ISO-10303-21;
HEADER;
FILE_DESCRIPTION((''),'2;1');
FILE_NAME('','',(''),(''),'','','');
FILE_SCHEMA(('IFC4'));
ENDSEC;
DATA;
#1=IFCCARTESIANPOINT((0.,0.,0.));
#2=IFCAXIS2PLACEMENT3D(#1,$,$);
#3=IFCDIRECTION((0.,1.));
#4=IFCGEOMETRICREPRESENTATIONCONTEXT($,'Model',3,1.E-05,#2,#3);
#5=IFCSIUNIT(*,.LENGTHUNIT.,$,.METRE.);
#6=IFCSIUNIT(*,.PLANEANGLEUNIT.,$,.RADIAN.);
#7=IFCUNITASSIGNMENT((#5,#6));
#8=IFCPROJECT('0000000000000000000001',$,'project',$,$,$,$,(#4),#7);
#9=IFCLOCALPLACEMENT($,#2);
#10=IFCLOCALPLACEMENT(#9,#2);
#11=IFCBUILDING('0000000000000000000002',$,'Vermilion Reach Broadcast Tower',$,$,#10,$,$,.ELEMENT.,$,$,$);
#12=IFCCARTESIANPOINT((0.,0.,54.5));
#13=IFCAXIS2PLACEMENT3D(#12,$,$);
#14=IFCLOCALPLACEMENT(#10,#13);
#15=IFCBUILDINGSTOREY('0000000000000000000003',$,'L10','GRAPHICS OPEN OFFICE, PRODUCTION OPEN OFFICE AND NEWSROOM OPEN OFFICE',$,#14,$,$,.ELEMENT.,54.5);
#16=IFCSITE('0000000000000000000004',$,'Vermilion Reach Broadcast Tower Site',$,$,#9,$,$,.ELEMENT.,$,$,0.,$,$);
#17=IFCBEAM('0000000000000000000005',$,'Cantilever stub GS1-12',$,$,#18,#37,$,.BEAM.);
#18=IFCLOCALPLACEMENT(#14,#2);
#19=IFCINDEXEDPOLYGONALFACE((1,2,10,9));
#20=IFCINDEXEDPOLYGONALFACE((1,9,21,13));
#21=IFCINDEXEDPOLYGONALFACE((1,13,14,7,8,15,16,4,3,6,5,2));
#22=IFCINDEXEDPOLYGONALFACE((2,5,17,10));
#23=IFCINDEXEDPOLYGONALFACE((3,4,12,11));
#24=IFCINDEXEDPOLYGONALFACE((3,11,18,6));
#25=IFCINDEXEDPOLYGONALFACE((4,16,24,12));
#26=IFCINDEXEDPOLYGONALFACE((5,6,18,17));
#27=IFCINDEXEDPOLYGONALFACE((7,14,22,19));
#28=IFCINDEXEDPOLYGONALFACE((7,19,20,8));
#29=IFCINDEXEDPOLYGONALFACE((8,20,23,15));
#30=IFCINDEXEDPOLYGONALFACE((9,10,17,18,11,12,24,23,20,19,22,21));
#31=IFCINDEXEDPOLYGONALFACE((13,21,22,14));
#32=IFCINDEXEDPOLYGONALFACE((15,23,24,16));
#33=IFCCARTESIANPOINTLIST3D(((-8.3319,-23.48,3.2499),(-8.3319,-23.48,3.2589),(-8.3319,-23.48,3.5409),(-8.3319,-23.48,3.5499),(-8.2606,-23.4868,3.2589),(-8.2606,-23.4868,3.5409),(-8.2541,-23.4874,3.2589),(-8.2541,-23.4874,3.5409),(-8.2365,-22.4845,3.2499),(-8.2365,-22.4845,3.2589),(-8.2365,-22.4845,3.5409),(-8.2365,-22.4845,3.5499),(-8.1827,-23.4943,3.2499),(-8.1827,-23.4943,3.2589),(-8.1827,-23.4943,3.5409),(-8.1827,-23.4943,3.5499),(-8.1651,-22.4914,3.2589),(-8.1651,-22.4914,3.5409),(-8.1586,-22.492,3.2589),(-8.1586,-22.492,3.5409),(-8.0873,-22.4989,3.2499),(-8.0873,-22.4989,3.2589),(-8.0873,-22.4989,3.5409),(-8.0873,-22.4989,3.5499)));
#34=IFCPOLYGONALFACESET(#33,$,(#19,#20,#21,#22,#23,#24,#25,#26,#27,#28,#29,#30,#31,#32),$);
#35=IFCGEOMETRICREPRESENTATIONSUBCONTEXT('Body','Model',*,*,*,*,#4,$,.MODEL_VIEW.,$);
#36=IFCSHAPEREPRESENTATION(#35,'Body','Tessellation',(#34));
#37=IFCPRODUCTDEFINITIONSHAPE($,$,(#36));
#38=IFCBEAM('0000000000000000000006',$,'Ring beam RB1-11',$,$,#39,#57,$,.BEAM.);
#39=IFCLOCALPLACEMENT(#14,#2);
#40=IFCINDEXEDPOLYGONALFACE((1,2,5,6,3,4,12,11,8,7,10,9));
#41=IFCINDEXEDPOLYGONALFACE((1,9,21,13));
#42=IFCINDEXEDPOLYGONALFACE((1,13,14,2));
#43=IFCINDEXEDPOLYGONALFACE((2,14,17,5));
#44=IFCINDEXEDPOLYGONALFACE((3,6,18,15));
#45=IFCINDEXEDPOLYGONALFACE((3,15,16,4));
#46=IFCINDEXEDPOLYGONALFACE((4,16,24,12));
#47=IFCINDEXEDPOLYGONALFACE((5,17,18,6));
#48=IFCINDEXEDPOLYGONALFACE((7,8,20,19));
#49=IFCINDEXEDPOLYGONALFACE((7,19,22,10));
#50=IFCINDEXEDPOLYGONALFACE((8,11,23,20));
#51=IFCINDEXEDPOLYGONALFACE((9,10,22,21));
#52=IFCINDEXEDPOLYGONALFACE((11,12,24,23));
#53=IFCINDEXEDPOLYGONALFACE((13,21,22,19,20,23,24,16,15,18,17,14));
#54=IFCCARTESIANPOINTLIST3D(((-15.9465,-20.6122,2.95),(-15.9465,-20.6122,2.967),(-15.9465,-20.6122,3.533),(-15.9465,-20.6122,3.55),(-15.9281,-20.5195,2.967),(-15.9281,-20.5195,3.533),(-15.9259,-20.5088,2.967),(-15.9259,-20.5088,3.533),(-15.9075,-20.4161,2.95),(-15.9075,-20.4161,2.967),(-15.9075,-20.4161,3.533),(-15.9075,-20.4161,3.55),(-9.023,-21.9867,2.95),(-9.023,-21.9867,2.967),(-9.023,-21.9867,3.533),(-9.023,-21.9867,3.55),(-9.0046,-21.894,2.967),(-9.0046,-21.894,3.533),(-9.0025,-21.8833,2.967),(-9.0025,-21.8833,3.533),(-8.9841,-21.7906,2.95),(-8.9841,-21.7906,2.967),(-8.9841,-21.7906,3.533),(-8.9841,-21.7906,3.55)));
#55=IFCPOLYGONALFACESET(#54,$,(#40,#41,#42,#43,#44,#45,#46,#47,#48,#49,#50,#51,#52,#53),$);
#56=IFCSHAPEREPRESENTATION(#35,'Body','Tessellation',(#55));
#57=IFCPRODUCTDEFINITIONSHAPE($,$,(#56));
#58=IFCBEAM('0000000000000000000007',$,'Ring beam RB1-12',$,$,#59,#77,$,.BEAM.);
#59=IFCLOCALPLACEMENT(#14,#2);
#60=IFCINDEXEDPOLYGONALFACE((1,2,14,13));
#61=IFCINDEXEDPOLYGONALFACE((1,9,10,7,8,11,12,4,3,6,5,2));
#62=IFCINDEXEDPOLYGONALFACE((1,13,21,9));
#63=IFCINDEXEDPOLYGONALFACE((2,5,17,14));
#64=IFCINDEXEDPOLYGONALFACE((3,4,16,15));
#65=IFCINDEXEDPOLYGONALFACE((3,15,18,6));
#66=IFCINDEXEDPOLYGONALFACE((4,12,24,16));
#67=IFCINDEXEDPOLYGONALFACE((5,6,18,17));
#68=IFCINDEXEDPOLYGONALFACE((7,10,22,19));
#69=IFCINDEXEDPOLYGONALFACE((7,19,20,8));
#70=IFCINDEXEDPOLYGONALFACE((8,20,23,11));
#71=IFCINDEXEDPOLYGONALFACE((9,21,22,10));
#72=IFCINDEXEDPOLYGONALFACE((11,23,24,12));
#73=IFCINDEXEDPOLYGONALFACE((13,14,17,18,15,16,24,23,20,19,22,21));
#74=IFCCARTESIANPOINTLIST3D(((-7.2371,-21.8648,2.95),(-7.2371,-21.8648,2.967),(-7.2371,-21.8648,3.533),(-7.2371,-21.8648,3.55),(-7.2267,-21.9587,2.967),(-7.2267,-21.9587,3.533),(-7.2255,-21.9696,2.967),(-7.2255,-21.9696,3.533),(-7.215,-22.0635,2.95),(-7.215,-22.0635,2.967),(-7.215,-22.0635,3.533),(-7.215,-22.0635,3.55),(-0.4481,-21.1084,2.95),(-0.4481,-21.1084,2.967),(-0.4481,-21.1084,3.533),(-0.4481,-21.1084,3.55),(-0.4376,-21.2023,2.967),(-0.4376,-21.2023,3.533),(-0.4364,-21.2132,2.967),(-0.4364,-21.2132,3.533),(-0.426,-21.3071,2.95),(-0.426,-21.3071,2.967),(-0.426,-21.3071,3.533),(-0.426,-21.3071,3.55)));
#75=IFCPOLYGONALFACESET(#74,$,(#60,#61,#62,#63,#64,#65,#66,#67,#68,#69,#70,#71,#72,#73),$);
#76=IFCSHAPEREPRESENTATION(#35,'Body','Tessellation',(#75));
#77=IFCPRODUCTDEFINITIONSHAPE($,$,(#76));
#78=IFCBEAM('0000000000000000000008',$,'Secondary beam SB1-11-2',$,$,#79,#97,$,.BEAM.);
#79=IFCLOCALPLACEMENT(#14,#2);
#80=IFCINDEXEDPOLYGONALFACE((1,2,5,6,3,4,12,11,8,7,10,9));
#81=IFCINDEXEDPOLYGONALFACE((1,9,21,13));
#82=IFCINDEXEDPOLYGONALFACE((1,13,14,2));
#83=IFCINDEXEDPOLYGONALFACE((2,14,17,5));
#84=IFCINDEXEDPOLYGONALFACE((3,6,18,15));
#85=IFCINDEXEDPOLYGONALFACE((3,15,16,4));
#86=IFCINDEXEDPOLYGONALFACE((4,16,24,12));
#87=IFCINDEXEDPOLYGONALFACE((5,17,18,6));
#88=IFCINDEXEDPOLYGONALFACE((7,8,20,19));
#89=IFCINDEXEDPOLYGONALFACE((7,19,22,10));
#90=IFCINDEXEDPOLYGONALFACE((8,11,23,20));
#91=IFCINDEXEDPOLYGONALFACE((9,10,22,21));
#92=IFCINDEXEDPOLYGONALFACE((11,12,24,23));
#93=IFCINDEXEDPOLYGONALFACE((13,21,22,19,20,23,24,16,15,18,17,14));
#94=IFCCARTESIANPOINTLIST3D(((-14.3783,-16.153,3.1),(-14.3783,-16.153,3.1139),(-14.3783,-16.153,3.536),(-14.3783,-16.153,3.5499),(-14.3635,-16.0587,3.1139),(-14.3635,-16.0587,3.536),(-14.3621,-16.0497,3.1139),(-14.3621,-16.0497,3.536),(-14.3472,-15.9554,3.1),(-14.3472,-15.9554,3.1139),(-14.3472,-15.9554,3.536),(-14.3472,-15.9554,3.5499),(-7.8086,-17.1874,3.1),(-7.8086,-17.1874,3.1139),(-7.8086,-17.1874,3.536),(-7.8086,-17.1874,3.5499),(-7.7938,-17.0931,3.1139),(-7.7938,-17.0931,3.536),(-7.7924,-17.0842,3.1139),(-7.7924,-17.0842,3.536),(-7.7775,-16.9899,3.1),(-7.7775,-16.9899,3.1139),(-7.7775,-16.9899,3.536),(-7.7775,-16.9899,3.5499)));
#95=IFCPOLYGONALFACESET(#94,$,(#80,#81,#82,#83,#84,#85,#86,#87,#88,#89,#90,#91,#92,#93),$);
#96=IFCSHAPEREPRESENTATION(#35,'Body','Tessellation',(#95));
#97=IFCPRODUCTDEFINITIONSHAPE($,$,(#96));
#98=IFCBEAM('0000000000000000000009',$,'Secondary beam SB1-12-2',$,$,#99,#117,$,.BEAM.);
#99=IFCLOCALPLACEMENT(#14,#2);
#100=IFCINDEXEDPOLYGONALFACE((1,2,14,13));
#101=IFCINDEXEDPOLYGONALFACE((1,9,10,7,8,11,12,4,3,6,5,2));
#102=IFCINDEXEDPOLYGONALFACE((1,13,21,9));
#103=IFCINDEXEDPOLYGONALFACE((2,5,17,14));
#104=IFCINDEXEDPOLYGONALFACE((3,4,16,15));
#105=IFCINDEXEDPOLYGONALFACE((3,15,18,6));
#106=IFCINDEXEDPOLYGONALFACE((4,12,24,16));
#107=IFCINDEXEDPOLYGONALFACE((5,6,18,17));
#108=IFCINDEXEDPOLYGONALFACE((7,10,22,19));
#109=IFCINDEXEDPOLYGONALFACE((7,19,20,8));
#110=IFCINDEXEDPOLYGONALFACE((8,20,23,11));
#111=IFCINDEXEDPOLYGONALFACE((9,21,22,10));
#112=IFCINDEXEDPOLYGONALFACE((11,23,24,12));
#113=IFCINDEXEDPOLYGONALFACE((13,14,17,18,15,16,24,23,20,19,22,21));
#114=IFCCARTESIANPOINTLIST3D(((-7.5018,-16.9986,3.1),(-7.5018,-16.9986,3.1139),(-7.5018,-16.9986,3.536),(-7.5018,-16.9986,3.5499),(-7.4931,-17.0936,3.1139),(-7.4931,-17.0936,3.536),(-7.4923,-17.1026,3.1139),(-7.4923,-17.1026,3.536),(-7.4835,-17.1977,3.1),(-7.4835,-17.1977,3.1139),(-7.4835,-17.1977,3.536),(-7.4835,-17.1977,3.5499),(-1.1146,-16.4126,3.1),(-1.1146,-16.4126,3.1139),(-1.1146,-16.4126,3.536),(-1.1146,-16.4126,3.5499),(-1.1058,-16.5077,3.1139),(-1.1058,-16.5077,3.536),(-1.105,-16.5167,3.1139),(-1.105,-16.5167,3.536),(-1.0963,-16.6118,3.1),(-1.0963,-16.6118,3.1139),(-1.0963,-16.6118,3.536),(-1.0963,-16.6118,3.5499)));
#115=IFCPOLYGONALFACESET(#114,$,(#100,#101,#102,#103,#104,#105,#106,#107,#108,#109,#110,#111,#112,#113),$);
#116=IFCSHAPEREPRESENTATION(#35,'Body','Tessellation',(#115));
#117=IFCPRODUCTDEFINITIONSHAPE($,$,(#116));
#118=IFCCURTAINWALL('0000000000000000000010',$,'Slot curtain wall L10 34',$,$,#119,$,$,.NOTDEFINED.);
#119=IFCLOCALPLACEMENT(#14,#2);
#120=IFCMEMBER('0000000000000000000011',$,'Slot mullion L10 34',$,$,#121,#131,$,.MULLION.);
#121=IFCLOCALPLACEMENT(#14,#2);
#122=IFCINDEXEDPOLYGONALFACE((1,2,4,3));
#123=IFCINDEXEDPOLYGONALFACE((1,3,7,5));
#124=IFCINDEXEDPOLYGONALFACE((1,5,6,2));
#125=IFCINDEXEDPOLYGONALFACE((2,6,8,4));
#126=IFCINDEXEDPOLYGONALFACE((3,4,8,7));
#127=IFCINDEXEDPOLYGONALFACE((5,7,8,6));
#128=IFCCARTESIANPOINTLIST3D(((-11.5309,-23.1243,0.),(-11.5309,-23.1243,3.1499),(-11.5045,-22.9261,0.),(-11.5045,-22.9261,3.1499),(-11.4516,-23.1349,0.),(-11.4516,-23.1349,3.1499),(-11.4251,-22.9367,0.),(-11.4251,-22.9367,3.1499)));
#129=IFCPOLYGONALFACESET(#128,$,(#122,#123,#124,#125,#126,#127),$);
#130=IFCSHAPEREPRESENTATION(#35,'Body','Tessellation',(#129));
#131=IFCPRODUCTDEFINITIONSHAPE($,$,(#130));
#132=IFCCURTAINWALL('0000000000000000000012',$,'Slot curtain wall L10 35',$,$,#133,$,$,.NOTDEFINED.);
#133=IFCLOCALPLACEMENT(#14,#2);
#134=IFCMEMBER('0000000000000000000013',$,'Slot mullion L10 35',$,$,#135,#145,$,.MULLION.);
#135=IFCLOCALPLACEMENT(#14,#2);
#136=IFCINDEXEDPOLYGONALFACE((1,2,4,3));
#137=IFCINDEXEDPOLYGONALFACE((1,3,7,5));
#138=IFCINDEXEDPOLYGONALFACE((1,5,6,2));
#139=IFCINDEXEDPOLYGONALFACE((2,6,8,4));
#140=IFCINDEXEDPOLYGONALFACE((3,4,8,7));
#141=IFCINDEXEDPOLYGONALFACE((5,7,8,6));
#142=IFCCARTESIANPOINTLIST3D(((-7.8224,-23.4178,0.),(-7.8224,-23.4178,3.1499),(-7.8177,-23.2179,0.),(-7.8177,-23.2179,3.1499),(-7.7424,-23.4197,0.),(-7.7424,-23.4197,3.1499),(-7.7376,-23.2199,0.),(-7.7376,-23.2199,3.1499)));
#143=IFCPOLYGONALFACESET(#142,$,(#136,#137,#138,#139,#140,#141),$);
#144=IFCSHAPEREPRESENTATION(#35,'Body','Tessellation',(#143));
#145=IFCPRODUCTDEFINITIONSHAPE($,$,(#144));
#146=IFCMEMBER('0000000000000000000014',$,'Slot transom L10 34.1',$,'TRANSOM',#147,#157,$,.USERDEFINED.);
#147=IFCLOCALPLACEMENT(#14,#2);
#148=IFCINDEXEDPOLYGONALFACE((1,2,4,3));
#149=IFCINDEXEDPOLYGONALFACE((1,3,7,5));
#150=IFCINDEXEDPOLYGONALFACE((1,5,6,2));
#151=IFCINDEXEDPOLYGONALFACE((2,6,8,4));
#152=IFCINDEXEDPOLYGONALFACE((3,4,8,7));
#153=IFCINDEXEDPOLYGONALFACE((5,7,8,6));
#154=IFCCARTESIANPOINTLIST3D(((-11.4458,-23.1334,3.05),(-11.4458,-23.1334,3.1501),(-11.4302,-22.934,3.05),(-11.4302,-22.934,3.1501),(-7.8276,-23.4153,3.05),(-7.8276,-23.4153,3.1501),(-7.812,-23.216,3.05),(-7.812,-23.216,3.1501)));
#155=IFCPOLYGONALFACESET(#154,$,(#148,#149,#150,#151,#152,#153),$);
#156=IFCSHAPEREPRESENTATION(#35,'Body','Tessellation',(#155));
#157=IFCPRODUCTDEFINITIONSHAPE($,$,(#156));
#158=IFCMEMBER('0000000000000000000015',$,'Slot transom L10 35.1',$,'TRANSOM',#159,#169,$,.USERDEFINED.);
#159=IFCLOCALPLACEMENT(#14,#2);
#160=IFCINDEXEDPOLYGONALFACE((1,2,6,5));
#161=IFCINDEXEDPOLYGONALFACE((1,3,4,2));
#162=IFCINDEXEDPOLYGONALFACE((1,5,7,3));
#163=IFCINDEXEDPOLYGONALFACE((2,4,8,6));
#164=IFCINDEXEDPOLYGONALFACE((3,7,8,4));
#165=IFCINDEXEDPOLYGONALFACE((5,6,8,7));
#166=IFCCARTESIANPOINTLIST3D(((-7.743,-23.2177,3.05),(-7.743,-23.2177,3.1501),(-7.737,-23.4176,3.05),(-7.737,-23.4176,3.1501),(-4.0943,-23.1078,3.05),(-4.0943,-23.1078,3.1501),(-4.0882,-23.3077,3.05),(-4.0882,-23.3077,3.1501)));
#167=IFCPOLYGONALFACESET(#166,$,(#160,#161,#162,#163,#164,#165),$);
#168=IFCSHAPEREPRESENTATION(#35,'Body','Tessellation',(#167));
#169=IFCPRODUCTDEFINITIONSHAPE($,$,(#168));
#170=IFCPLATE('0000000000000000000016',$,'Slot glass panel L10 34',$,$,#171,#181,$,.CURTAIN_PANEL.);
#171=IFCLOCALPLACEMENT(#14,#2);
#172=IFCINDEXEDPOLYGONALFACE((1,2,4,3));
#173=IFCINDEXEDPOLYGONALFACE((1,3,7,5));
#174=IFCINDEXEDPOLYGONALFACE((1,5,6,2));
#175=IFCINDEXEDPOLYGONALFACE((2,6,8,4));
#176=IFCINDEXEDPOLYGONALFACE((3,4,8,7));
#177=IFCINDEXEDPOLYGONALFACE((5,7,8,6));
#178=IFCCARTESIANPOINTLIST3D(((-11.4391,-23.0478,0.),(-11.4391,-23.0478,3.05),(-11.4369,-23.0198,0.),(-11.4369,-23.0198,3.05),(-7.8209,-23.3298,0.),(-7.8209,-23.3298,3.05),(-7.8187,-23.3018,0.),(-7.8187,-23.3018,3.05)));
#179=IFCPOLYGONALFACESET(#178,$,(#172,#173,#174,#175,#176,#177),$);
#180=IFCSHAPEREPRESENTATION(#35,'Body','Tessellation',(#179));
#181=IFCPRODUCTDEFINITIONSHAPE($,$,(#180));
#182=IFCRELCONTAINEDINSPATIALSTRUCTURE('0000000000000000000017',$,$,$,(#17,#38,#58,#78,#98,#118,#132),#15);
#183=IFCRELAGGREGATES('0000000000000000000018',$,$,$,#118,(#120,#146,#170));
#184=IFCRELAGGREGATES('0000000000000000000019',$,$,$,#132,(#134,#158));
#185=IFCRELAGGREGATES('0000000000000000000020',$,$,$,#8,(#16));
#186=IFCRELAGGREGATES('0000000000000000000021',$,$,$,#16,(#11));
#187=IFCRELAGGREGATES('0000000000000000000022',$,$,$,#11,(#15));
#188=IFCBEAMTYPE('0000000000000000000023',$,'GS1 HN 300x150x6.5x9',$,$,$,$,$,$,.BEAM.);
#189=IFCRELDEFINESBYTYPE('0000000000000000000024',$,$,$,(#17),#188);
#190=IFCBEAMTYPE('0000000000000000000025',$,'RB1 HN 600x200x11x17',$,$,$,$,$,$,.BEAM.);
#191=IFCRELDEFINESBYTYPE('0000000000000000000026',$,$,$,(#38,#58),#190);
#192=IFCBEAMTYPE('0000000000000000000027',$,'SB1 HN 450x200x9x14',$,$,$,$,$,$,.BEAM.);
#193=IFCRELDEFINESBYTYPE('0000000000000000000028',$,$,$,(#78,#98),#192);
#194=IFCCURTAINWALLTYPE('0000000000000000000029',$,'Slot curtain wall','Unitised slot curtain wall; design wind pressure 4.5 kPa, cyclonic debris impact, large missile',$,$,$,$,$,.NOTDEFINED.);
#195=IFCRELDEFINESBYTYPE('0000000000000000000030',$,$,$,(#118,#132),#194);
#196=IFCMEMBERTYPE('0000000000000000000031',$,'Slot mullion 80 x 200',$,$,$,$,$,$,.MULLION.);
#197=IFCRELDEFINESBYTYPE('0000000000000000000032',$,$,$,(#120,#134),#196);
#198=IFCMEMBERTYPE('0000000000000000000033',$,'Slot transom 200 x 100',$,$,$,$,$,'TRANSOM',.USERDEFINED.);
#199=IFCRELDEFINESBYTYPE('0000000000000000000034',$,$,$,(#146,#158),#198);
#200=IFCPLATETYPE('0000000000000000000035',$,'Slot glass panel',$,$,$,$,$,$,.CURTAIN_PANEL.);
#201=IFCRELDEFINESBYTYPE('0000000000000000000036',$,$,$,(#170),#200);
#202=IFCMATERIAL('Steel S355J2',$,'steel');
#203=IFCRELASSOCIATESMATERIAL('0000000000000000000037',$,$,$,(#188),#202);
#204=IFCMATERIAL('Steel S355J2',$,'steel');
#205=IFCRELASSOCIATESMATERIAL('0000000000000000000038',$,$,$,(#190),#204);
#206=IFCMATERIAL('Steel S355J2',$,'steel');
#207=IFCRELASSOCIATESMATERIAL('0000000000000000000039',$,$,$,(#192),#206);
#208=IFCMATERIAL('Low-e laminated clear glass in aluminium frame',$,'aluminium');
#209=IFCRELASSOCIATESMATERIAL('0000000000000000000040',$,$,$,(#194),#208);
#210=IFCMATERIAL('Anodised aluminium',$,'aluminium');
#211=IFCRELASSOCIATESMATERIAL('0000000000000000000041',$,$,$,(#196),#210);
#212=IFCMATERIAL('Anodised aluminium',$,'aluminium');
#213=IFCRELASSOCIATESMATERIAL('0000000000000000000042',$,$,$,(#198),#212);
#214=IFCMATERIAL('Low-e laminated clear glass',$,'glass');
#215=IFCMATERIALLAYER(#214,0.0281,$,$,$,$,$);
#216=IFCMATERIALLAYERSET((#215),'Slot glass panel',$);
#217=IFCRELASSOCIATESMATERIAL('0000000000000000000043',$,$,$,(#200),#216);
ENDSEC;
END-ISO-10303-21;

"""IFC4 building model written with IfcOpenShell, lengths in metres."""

from ifc_helpers import new_model, si_unit, direction, frame, origin, origin_2d, place, context, subcontext, project, spatial, rectangle, i_section, extrude, material, layer, layer_set, material_profile, profile_set, type_object, element, aggregate, save


model = new_model("IFC4")

# Units and contexts
model_context = context("Model", 3, precision=1e-05, world=origin(), true_north=direction((0.0, 1.0)))
body_context = subcontext(model_context, "Body", "Model", "MODEL_VIEW")
ifc_project = project(units=[si_unit("LENGTHUNIT", "METRE"), si_unit("PLANEANGLEUNIT", "RADIAN")], contexts=[model_context])

# Site, building, storey
site_placement = place(None, origin())
site = spatial("IfcSite", under=ifc_project, at=site_placement, Name="Vermilion Reach Broadcast Tower Site", CompositionType="ELEMENT", RefElevation=0.0)
building_placement = place(site_placement, origin())
building = spatial("IfcBuilding", under=site, at=building_placement, Name="Vermilion Reach Broadcast Tower", CompositionType="ELEMENT")
storey_placement = place(building_placement, frame((0.0, 0.0, 54.5)))
storey = spatial("IfcBuildingStorey", under=building, at=storey_placement, Name="L10", Description="GRAPHICS OPEN OFFICE, PRODUCTION OPEN OFFICE AND NEWSROOM OPEN OFFICE", CompositionType="ELEMENT", Elevation=54.5)

# Beams
ifc_material_1 = material(Name="Steel S355J2", Category="steel")
ifc_material_profile_1 = material_profile(ifc_material_1, i_section(OverallWidth=0.1499, OverallDepth=0.3, WebThickness=0.0066, FlangeThickness=0.009, at=origin_2d()), Name="S355J2 HN 300x150x6.5x9")
ifc_profile_set_1 = profile_set([ifc_material_profile_1], Name="Steel S355J2")
beam_type_1 = type_object("IfcBeamType", Name="GS1 HN 300x150x6.5x9", PredefinedType="BEAM", material=ifc_profile_set_1)
for number, where, z_axis, x_axis, name in (
    (1, (-8.1619, -22.4917, 3.3999), (-0.095466, -0.995433, 0.0), (0.995433, -0.095466, 0.0), "Cantilever stub GS1-12"),
):
    element("IfcBeam", number, at=place(storey_placement, frame(where, z_axis=z_axis, x_axis=x_axis)), inside=storey, type_object=beam_type_1, Name=name, PredefinedType="BEAM", context=body_context, shape_type="SweptSolid", body=[
        extrude(i_section(OverallWidth=0.1499, OverallDepth=0.3, WebThickness=0.0066, FlangeThickness=0.009, at=origin_2d()), origin(), (0.0, 0.0, 1.0), 1.0),
    ])
ifc_material_2 = material(Name="Steel S355J2", Category="steel")
ifc_material_profile_2 = material_profile(ifc_material_2, i_section(OverallWidth=0.2, OverallDepth=0.6001, WebThickness=0.011, FlangeThickness=0.0171, at=origin_2d()), Name="S355J2 HN 600x200x11x17")
ifc_profile_set_2 = profile_set([ifc_material_profile_2], Name="Steel S355J2")
beam_type_2 = type_object("IfcBeamType", Name="RB1 HN 600x200x11x17", PredefinedType="BEAM", material=ifc_profile_set_2)
beam_1_placement = place(storey_placement, frame((-15.927, -20.5142, 3.25), z_axis=(0.980858, -0.194726, 0.0), x_axis=(0.194726, 0.980858, 0.0)))
element("IfcBeam", 2, at=beam_1_placement, inside=storey, type_object=beam_type_2, Name="Ring beam RB1-11", PredefinedType="BEAM", context=body_context, shape_type="SweptSolid", body=[
    extrude(i_section(OverallWidth=0.2, OverallDepth=0.6001, WebThickness=0.011, FlangeThickness=0.0171, at=origin_2d()), origin(), (0.0, 0.0, 1.0), 7.0586),
])
beam_2_placement = place(storey_placement, frame((-7.2261, -21.9641, 3.25), z_axis=(0.993851, 0.110722, 0.0), x_axis=(-0.110722, 0.993851, 0.0)))
element("IfcBeam", 3, at=beam_2_placement, inside=storey, type_object=beam_type_2, Name="Ring beam RB1-12", PredefinedType="BEAM", context=body_context, shape_type="SweptSolid", body=[
    extrude(i_section(OverallWidth=0.2, OverallDepth=0.6001, WebThickness=0.011, FlangeThickness=0.0171, at=origin_2d()), origin(), (0.0, 0.0, 1.0), 6.8311),
])
ifc_material_3 = material(Name="Steel S355J2", Category="steel")
ifc_material_profile_3 = material_profile(ifc_material_3, i_section(OverallWidth=0.2, OverallDepth=0.45, WebThickness=0.009, FlangeThickness=0.0139, at=origin_2d()), Name="S355J2 HN 450x200x9x14")
ifc_profile_set_3 = profile_set([ifc_material_profile_3], Name="Steel S355J2")
beam_type_3 = type_object("IfcBeamType", Name="SB1 HN 450x200x9x14", PredefinedType="BEAM", material=ifc_profile_set_3)
beam_3_placement = place(storey_placement, frame((-14.3628, -16.0542, 3.325), z_axis=(0.98783, -0.15554, 0.0), x_axis=(0.15554, 0.98783, 0.0)))
element("IfcBeam", 4, at=beam_3_placement, inside=storey, type_object=beam_type_3, Name="Secondary beam SB1-11-2", PredefinedType="BEAM", context=body_context, shape_type="SweptSolid", body=[
    extrude(i_section(OverallWidth=0.2, OverallDepth=0.45, WebThickness=0.009, FlangeThickness=0.0139, at=origin_2d()), origin(), (0.0, 0.0, 1.0), 6.6506),
])
beam_4_placement = place(storey_placement, frame((-7.4927, -17.0981, 3.325), z_axis=(0.995819, 0.091353, 0.0), x_axis=(-0.091353, 0.995819, 0.0)))
element("IfcBeam", 5, at=beam_4_placement, inside=storey, type_object=beam_type_3, Name="Secondary beam SB1-12-2", PredefinedType="BEAM", context=body_context, shape_type="SweptSolid", body=[
    extrude(i_section(OverallWidth=0.2, OverallDepth=0.45, WebThickness=0.009, FlangeThickness=0.0139, at=origin_2d()), origin(), (0.0, 0.0, 1.0), 6.4141),
])

# Curtain walls, members
ifc_material_4 = material(Name="Low-e laminated clear glass in aluminium frame", Category="aluminium")
curtain_wall_type = type_object("IfcCurtainWallType", Name="Slot curtain wall", Description="Unitised slot curtain wall; design wind pressure 4.5 kPa, cyclonic debris impact, large missile", PredefinedType="NOTDEFINED", material=ifc_material_4)
placement = place(storey_placement, origin())
curtain_wall_1 = element("IfcCurtainWall", 6, at=placement, inside=storey, type_object=curtain_wall_type, Name="Slot curtain wall L10 34", PredefinedType="NOTDEFINED")
ifc_material_5 = material(Name="Anodised aluminium", Category="aluminium")
ifc_material_profile_4 = material_profile(ifc_material_5, rectangle(XDim=0.2, YDim=0.0801, at=origin_2d()), Name="Slot mullion 80 x 200")
ifc_profile_set_4 = profile_set([ifc_material_profile_4], Name="Anodised aluminium")
member_type_1 = type_object("IfcMemberType", Name="Slot mullion 80 x 200", PredefinedType="MULLION", material=ifc_profile_set_4)
member_1_placement = place(storey_placement, frame((-11.478, -23.0305, 0.0), z_axis=(0.0, 0.0, 1.0), x_axis=(0.132274, 0.991213, 0.0)))
member_1 = element("IfcMember", 7, at=member_1_placement, type_object=member_type_1, Name="Slot mullion L10 34", PredefinedType="MULLION", context=body_context, shape_type="SweptSolid", body=[
    extrude(rectangle(XDim=0.2, YDim=0.0801, at=origin_2d()), origin(), (0.0, 0.0, 1.0), 3.1499),
])
curtain_wall_2 = element("IfcCurtainWall", 8, at=placement, inside=storey, type_object=curtain_wall_type, Name="Slot curtain wall L10 35", PredefinedType="NOTDEFINED")
member_2_placement = place(storey_placement, frame((-7.78, -23.3188, 0.0), z_axis=(0.0, 0.0, 1.0), x_axis=(0.023838, 0.999716, 0.0)))
member_2 = element("IfcMember", 9, at=member_2_placement, type_object=member_type_1, Name="Slot mullion L10 35", PredefinedType="MULLION", context=body_context, shape_type="SweptSolid", body=[
    extrude(rectangle(XDim=0.2, YDim=0.0801, at=origin_2d()), origin(), (0.0, 0.0, 1.0), 3.1499),
])

# Members
ifc_material_6 = material(Name="Anodised aluminium", Category="aluminium")
ifc_material_profile_5 = material_profile(ifc_material_6, rectangle(XDim=0.2, YDim=0.1001, at=origin_2d()), Name="Slot transom 200 x 100")
ifc_profile_set_5 = profile_set([ifc_material_profile_5], Name="Anodised aluminium")
member_type_2 = type_object("IfcMemberType", Name="Slot transom 200 x 100", ElementType="TRANSOM", PredefinedType="USERDEFINED", material=ifc_profile_set_5)
member_3_placement = place(storey_placement, frame((-11.438, -23.0337, 3.1001), z_axis=(0.996977, -0.0777, 0.0), x_axis=(0.0777, 0.996977, 0.0)))
member_3 = element("IfcMember", 10, at=member_3_placement, type_object=member_type_2, Name="Slot transom L10 34.1", ObjectType="TRANSOM", PredefinedType="USERDEFINED", context=body_context, shape_type="SweptSolid", body=[
    extrude(rectangle(XDim=0.2, YDim=0.1001, at=origin_2d()), origin(), (0.0, 0.0, 1.0), 3.6292),
])
member_4_placement = place(storey_placement, frame((-7.74, -23.3176, 3.1001), z_axis=(0.999547, 0.030097, 0.0), x_axis=(-0.030097, 0.999547, 0.0)))
member_4 = element("IfcMember", 11, at=member_4_placement, type_object=member_type_2, Name="Slot transom L10 35.1", ObjectType="TRANSOM", PredefinedType="USERDEFINED", context=body_context, shape_type="SweptSolid", body=[
    extrude(rectangle(XDim=0.2, YDim=0.1001, at=origin_2d()), origin(), (0.0, 0.0, 1.0), 3.6504),
])

# Plate
ifc_material_7 = material(Name="Low-e laminated clear glass", Category="glass")
ifc_layer_1 = layer(ifc_material_7, 0.0281)
ifc_layer_set_1 = layer_set([ifc_layer_1], Name="Slot glass panel")
plate_type = type_object("IfcPlateType", Name="Slot glass panel", PredefinedType="CURTAIN_PANEL", material=ifc_layer_set_1)
plate_1_placement = place(storey_placement, frame((-9.6289, -23.1748, 0.0), z_axis=(0.0, 0.0, 1.0), x_axis=(0.996975, -0.077721, 0.0)))
plate_1 = element("IfcPlate", 12, at=plate_1_placement, type_object=plate_type, Name="Slot glass panel L10 34", PredefinedType="CURTAIN_PANEL", context=body_context, shape_type="SweptSolid", body=[
    extrude(rectangle(XDim=3.6292, YDim=0.0281, at=origin_2d()), origin(), (0.0, 0.0, 1.0), 3.05),
])
aggregate(curtain_wall_1, [member_1, member_3, plate_1])
aggregate(curtain_wall_2, [member_2, member_4])

save(model, "model.ifc")
